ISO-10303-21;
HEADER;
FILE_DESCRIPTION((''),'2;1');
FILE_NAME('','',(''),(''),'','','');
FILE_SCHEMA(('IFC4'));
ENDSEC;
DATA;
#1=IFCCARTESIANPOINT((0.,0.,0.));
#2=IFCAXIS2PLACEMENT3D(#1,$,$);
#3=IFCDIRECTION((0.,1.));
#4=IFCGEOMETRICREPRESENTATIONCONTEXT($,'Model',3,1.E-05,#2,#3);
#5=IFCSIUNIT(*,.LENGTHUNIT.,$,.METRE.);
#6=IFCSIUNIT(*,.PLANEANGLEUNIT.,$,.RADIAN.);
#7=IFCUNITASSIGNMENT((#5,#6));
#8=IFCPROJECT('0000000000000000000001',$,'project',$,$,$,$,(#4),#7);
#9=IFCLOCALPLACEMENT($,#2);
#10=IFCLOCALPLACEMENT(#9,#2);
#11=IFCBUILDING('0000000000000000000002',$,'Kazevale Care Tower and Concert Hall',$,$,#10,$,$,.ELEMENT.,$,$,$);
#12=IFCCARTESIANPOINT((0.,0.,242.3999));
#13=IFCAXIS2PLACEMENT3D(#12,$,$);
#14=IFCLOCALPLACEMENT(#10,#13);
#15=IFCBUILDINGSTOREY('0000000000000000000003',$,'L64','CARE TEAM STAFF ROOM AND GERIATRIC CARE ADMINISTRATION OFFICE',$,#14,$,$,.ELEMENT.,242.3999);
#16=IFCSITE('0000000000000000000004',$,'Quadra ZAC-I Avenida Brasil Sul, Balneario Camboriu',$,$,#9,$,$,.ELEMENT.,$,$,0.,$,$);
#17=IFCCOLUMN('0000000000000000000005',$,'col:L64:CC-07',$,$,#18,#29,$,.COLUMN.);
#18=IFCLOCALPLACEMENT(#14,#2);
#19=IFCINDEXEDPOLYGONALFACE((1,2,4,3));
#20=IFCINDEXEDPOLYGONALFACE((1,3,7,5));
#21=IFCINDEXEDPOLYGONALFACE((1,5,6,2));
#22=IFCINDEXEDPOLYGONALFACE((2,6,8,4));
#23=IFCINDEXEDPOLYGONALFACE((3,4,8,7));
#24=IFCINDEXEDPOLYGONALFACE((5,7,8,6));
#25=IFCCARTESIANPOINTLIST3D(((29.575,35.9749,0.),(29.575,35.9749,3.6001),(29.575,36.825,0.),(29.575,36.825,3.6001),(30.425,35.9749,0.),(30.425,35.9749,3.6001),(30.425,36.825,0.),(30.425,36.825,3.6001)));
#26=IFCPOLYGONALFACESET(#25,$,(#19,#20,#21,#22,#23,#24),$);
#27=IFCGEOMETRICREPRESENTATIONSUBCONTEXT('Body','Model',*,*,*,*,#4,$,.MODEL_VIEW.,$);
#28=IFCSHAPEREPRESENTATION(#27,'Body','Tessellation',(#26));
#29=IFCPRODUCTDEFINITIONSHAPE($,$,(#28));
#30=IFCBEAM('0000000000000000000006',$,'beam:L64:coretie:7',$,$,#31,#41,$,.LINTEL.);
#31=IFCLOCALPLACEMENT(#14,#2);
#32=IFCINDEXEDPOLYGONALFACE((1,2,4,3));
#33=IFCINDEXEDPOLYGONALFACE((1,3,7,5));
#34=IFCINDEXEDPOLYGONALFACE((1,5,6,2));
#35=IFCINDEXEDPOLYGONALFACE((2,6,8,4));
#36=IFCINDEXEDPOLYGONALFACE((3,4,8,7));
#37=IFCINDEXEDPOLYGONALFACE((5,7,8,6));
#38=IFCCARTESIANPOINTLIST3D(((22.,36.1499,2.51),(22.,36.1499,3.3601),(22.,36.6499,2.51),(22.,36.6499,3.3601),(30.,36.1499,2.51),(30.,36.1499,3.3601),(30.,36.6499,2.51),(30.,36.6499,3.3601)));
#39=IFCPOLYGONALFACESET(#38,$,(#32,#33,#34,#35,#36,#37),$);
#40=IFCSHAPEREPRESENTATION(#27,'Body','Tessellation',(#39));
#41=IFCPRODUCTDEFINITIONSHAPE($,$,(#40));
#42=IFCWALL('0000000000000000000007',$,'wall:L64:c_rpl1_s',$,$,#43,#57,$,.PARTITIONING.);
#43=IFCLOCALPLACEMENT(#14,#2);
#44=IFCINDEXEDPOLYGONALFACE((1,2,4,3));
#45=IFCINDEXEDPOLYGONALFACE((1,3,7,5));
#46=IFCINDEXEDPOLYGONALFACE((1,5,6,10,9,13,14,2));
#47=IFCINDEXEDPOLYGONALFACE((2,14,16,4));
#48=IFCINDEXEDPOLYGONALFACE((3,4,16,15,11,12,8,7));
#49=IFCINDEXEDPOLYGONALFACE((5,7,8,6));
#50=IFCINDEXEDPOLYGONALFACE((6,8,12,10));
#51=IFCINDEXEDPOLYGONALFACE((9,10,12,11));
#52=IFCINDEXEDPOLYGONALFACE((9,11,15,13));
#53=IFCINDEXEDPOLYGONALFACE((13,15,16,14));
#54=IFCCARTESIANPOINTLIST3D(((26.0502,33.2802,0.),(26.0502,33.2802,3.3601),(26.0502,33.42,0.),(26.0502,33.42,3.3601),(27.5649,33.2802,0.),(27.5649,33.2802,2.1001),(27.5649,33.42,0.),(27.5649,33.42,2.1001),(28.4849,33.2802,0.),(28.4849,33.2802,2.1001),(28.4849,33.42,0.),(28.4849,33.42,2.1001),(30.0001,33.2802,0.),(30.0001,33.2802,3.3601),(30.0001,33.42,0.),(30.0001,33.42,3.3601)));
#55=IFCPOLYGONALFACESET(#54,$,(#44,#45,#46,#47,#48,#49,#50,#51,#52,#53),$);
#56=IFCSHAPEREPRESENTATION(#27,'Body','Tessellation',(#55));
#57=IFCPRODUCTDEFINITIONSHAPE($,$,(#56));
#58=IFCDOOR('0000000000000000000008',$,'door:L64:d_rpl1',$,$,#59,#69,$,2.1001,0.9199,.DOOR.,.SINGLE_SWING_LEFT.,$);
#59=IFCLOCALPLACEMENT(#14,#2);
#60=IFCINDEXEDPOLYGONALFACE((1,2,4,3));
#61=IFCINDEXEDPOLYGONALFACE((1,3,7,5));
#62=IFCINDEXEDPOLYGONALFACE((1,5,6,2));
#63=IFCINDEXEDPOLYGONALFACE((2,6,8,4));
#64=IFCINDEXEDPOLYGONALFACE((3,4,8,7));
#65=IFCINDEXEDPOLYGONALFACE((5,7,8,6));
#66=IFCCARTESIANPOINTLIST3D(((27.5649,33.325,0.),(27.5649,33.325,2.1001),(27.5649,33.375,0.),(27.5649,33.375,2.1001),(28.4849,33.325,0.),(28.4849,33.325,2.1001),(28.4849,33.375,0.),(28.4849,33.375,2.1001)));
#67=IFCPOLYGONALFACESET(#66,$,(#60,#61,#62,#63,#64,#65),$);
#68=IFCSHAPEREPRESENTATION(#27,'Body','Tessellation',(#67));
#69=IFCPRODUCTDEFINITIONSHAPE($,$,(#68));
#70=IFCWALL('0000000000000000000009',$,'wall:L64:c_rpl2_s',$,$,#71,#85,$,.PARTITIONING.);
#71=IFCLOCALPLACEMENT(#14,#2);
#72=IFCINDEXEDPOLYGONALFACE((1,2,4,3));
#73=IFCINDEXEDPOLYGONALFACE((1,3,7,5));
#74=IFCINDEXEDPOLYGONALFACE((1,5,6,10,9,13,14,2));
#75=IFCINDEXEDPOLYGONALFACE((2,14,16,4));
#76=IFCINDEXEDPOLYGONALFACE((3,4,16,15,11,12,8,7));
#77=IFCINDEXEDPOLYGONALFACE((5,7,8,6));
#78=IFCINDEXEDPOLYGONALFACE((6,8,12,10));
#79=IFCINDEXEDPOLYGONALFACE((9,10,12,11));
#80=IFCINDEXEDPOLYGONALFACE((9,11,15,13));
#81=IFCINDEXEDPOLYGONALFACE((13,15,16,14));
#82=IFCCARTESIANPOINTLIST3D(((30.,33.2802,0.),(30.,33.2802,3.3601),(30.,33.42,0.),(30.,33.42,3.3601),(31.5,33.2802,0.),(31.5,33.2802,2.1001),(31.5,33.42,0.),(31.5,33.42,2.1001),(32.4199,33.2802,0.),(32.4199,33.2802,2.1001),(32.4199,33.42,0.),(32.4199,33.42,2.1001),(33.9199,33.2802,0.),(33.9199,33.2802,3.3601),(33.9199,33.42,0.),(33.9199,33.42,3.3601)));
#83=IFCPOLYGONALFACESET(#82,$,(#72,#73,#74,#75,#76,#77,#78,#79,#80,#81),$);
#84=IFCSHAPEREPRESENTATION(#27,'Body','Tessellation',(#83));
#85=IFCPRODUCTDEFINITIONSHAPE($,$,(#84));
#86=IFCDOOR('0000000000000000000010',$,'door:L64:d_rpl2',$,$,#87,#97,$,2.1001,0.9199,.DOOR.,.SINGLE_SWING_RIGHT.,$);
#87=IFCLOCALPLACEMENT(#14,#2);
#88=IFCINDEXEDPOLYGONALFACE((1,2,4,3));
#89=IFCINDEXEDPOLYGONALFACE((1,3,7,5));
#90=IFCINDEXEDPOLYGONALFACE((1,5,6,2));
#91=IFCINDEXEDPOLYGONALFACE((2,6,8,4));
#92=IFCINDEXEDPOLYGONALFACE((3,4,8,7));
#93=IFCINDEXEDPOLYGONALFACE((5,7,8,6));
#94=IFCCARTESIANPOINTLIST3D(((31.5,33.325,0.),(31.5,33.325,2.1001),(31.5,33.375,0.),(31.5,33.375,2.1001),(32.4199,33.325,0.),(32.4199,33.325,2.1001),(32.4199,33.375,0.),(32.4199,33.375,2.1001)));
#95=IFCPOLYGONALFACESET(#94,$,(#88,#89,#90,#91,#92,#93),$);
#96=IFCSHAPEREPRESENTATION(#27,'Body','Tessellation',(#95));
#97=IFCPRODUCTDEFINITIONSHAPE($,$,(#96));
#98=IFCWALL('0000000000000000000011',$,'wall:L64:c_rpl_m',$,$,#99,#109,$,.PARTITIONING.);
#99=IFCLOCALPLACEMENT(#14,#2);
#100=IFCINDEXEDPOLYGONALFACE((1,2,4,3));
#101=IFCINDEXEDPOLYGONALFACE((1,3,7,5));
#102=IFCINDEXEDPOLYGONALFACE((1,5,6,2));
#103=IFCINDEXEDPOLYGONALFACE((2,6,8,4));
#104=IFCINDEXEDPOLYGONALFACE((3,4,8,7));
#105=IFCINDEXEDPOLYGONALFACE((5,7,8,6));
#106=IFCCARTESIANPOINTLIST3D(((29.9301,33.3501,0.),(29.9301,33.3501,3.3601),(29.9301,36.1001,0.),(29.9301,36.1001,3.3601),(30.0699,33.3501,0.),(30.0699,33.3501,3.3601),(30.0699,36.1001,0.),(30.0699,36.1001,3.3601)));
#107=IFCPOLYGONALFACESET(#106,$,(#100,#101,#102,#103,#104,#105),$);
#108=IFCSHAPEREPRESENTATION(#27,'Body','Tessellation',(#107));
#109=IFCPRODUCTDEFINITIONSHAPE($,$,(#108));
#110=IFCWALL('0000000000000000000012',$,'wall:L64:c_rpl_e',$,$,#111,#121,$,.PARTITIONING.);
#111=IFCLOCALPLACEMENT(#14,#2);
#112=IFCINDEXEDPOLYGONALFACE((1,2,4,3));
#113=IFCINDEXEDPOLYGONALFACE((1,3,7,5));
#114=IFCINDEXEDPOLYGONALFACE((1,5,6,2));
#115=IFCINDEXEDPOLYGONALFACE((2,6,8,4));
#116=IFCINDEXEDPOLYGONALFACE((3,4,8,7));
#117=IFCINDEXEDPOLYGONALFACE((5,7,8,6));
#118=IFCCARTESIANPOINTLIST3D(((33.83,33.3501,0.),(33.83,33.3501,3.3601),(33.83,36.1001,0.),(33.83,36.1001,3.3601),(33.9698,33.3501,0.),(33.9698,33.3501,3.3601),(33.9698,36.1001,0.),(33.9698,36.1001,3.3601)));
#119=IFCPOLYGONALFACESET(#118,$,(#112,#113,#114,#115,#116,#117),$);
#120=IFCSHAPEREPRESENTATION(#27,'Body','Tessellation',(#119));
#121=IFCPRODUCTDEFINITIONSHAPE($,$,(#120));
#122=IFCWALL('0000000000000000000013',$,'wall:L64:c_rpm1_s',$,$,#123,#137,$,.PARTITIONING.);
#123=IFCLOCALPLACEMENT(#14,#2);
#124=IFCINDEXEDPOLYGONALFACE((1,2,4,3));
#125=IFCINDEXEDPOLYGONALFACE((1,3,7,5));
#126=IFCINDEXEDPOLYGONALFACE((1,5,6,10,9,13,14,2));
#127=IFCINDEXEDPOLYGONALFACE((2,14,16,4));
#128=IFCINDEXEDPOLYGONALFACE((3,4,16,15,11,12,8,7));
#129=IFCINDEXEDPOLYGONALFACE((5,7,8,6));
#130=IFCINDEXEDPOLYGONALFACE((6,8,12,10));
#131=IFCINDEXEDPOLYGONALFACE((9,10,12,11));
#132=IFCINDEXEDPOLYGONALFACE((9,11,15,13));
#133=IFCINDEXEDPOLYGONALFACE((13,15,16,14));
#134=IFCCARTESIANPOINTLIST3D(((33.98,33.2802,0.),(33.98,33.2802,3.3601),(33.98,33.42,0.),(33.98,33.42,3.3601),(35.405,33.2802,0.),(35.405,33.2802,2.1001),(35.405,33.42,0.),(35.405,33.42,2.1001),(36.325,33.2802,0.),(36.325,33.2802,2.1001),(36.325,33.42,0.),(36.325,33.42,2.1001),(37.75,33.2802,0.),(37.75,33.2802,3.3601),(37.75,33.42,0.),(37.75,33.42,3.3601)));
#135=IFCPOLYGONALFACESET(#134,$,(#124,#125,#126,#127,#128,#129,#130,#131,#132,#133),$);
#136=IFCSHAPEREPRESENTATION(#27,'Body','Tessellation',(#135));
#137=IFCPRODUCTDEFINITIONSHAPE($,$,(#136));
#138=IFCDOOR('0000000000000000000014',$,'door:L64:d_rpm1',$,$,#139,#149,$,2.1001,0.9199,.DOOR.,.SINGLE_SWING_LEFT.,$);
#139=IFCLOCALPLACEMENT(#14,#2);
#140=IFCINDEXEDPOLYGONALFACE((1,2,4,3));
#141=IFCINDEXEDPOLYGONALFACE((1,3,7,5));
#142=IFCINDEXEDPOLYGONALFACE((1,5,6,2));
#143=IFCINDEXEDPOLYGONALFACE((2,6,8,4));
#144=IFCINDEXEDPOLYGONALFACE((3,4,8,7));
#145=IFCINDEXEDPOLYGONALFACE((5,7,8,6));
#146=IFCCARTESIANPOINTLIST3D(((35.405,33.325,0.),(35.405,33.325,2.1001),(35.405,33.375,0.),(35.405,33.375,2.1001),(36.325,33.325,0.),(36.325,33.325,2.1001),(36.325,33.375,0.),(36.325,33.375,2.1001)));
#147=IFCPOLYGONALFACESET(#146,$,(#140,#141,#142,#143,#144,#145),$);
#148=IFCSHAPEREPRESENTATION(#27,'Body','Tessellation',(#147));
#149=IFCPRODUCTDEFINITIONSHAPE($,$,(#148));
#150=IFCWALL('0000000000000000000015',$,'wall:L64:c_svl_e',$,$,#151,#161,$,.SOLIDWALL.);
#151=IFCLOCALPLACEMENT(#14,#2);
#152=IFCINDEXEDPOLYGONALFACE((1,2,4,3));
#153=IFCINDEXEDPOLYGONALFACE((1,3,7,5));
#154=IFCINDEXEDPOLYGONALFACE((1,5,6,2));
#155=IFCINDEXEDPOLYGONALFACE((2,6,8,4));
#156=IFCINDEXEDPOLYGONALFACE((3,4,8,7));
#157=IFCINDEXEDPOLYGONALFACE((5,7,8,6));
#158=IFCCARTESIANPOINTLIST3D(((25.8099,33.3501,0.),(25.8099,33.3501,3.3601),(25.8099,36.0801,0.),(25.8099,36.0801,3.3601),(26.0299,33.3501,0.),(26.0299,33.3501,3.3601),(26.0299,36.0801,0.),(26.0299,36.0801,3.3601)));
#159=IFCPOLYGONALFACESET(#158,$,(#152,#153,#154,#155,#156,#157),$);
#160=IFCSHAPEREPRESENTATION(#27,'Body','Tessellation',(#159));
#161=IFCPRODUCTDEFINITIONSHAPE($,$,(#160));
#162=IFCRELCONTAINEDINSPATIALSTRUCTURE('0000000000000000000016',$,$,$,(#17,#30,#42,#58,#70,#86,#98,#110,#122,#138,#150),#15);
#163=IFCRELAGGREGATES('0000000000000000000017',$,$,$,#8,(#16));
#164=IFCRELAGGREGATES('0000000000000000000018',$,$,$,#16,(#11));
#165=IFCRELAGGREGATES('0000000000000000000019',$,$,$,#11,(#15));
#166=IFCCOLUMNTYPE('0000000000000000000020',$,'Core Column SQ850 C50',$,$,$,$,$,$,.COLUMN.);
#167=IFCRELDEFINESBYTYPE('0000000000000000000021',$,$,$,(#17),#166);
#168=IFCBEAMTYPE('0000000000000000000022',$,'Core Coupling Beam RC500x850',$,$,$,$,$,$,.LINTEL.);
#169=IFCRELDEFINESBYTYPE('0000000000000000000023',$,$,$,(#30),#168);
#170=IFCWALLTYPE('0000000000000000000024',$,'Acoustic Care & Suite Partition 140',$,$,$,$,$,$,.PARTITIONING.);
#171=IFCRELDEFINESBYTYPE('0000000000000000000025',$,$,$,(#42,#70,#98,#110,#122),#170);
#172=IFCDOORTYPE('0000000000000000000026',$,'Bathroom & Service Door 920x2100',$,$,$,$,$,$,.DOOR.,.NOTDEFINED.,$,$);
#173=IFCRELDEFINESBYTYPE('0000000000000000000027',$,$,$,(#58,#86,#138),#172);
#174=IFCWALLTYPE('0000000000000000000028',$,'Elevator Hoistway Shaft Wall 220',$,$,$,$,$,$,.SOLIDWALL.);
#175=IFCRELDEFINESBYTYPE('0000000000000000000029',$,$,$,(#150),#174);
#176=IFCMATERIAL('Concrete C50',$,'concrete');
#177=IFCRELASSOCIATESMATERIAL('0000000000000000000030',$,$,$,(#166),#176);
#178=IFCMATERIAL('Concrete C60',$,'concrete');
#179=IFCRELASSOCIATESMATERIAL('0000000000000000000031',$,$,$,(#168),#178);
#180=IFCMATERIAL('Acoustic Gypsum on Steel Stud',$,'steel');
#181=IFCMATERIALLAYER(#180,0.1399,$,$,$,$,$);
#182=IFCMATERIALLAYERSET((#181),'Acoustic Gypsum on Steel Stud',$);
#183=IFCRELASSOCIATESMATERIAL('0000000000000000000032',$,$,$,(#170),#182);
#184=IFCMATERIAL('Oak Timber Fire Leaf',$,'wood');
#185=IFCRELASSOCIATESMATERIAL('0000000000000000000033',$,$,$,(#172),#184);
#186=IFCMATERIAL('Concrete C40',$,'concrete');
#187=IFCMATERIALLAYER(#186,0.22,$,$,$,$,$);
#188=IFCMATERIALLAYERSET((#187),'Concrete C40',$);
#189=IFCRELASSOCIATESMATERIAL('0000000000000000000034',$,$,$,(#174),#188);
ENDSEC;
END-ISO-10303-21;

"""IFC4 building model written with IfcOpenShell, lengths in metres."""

from ifc_helpers import new_model, si_unit, direction, frame, frame_2d, origin, origin_2d, place, context, subcontext, project, spatial, rectangle, extrude, material, layer, layer_set, material_profile, profile_set, type_object, element, fill, save


model = new_model("IFC4")

# Units and contexts
model_context = context("Model", 3, precision=1e-05, world=origin(), true_north=direction((0.0, 1.0)))
body_context = subcontext(model_context, "Body", "Model", "MODEL_VIEW")
ifc_project = project(units=[si_unit("LENGTHUNIT", "METRE"), si_unit("PLANEANGLEUNIT", "RADIAN")], contexts=[model_context])

# Site, building, storey
site_placement = place(None, origin())
site = spatial("IfcSite", under=ifc_project, at=site_placement, Name="Quadra ZAC-I Avenida Brasil Sul, Balneario Camboriu", CompositionType="ELEMENT", RefElevation=0.0)
building_placement = place(site_placement, origin())
building = spatial("IfcBuilding", under=site, at=building_placement, Name="Kazevale Care Tower and Concert Hall", CompositionType="ELEMENT")
storey_placement = place(building_placement, frame((0.0, 0.0, 242.3999)))
storey = spatial("IfcBuildingStorey", under=building, at=storey_placement, Name="L64", Description="CARE TEAM STAFF ROOM AND GERIATRIC CARE ADMINISTRATION OFFICE", CompositionType="ELEMENT", Elevation=242.3999)

# Column
ifc_material_1 = material(Name="Concrete C50", Category="concrete")
ifc_material_profile_1 = material_profile(ifc_material_1, rectangle(XDim=0.8501, YDim=0.8501, at=origin_2d()), Name="RC-SQ850")
ifc_profile_set_1 = profile_set([ifc_material_profile_1], Name="Concrete C50")
column_type = type_object("IfcColumnType", Name="Core Column SQ850 C50", PredefinedType="COLUMN", material=ifc_profile_set_1)
column_placement = place(storey_placement, frame((30.0, 36.3999, 0.0), z_axis=(0.0, 0.0, 1.0), x_axis=(1.0, 0.0, 0.0)))
element("IfcColumn", 1, at=column_placement, inside=storey, type_object=column_type, Name="col:L64:CC-07", PredefinedType="COLUMN", context=body_context, shape_type="SweptSolid", body=[
    extrude(rectangle(XDim=0.8501, YDim=0.8501, at=origin_2d()), origin(), (0.0, 0.0, 1.0), 3.6001),
])

# Beam
ifc_material_2 = material(Name="Concrete C60", Category="concrete")
ifc_material_profile_2 = material_profile(ifc_material_2, rectangle(XDim=0.5, YDim=0.8501, at=origin_2d()), Name="RC-B500x850")
ifc_profile_set_2 = profile_set([ifc_material_profile_2], Name="Concrete C60")
beam_type = type_object("IfcBeamType", Name="Core Coupling Beam RC500x850", PredefinedType="LINTEL", material=ifc_profile_set_2)
beam_placement = place(storey_placement, frame((30.0, 36.3999, 2.9351), z_axis=(-1.0, 0.0, 0.0), x_axis=(0.0, -1.0, 0.0)))
element("IfcBeam", 2, at=beam_placement, inside=storey, type_object=beam_type, Name="beam:L64:coretie:7", PredefinedType="LINTEL", context=body_context, shape_type="SweptSolid", body=[
    extrude(rectangle(XDim=0.5, YDim=0.8501, at=origin_2d()), origin(), (0.0, 0.0, 1.0), 8.0),
])

# Walls, openings, doors
ifc_material_3 = material(Name="Acoustic Gypsum on Steel Stud", Category="steel")
ifc_layer_1 = layer(ifc_material_3, 0.1399)
ifc_layer_set_1 = layer_set([ifc_layer_1], Name="Acoustic Gypsum on Steel Stud")
wall_type_1 = type_object("IfcWallType", Name="Acoustic Care & Suite Partition 140", PredefinedType="PARTITIONING", material=ifc_layer_set_1)
wall_1_placement = place(storey_placement, frame((26.05, 33.3501, 0.0), z_axis=(0.0, 0.0, 1.0), x_axis=(1.0, 0.0, 0.0)))
wall_1 = element("IfcWall", 3, at=wall_1_placement, inside=storey, type_object=wall_type_1, Name="wall:L64:c_rpl1_s", PredefinedType="PARTITIONING", context=body_context, shape_type="SweptSolid", body=[
    extrude(rectangle(XDim=3.95, YDim=0.1399, at=frame_2d((1.9751, 0.0))), origin(), (0.0, 0.0, 1.0), 3.3601),
])
opening_1_placement = place(wall_1_placement, frame((1.5149, 0.0, 0.0)))
opening_1 = element("IfcOpeningElement", 4, at=opening_1_placement, cuts=wall_1, PredefinedType="OPENING", context=body_context, shape_type="SweptSolid", body=[
    extrude(rectangle(XDim=0.9199, YDim=2.1001, at=frame_2d((0.46, 1.05))), frame((0.0, 0.0798, 0.0), z_axis=(0.0, -1.0, 0.0), x_axis=(1.0, 0.0, 0.0)), (0.0, 0.0, 1.0), 0.1599),
])
ifc_material_4 = material(Name="Oak Timber Fire Leaf", Category="wood")
door_type_1 = type_object("IfcDoorType", Name="Bathroom & Service Door 920x2100", OperationType="NOTDEFINED", PredefinedType="DOOR", material=ifc_material_4)
door_1_placement = place(opening_1_placement, origin())
door_1 = element("IfcDoor", 5, at=door_1_placement, inside=storey, type_object=door_type_1, Name="door:L64:d_rpl1", OperationType="SINGLE_SWING_LEFT", OverallHeight=2.1001, OverallWidth=0.9199, PredefinedType="DOOR", context=body_context, shape_type="SweptSolid", body=[
    extrude(rectangle(XDim=0.9199, YDim=2.1001, at=frame_2d((0.46, 1.05))), frame((0.0, 0.0249, 0.0), z_axis=(0.0, -1.0, 0.0), x_axis=(1.0, 0.0, 0.0)), (0.0, 0.0, 1.0), 0.05),
])
fill(opening_1, door_1)
wall_2_placement = place(storey_placement, frame((30.0, 33.3501, 0.0), z_axis=(0.0, 0.0, 1.0), x_axis=(1.0, 0.0, 0.0)))
wall_2 = element("IfcWall", 6, at=wall_2_placement, inside=storey, type_object=wall_type_1, Name="wall:L64:c_rpl2_s", PredefinedType="PARTITIONING", context=body_context, shape_type="SweptSolid", body=[
    extrude(rectangle(XDim=3.9199, YDim=0.1399, at=frame_2d((1.96, 0.0))), origin(), (0.0, 0.0, 1.0), 3.3601),
])
opening_2_placement = place(wall_2_placement, frame((1.5, 0.0, 0.0)))
opening_2 = element("IfcOpeningElement", 7, at=opening_2_placement, cuts=wall_2, PredefinedType="OPENING", context=body_context, shape_type="SweptSolid", body=[
    extrude(rectangle(XDim=0.9199, YDim=2.1001, at=frame_2d((0.46, 1.05))), frame((0.0, 0.0798, 0.0), z_axis=(0.0, -1.0, 0.0), x_axis=(1.0, 0.0, 0.0)), (0.0, 0.0, 1.0), 0.1599),
])
door_2_placement = place(opening_2_placement, origin())
door_2 = element("IfcDoor", 8, at=door_2_placement, inside=storey, type_object=door_type_1, Name="door:L64:d_rpl2", OperationType="SINGLE_SWING_RIGHT", OverallHeight=2.1001, OverallWidth=0.9199, PredefinedType="DOOR", context=body_context, shape_type="SweptSolid", body=[
    extrude(rectangle(XDim=0.9199, YDim=2.1001, at=frame_2d((0.46, 1.05))), frame((0.0, 0.0249, 0.0), z_axis=(0.0, -1.0, 0.0), x_axis=(1.0, 0.0, 0.0)), (0.0, 0.0, 1.0), 0.05),
])
fill(opening_2, door_2)

# Walls
for number, where, z_axis, x_axis, name in (
    (9, (30.0, 33.3501, 0.0), (0.0, 0.0, 1.0), (0.0, 1.0, 0.0), "wall:L64:c_rpl_m"),
    (10, (33.8999, 33.3501, 0.0), (0.0, 0.0, 1.0), (0.0, 1.0, 0.0), "wall:L64:c_rpl_e"),
):
    element("IfcWall", number, at=place(storey_placement, frame(where, z_axis=z_axis, x_axis=x_axis)), inside=storey, type_object=wall_type_1, Name=name, PredefinedType="PARTITIONING", context=body_context, shape_type="SweptSolid", body=[
        extrude(rectangle(XDim=2.75, YDim=0.1399, at=frame_2d((1.375, 0.0))), origin(), (0.0, 0.0, 1.0), 3.3601),
    ])

# Wall, opening, door
wall_3_placement = place(storey_placement, frame((33.98, 33.3501, 0.0), z_axis=(0.0, 0.0, 1.0), x_axis=(1.0, 0.0, 0.0)))
wall_3 = element("IfcWall", 11, at=wall_3_placement, inside=storey, type_object=wall_type_1, Name="wall:L64:c_rpm1_s", PredefinedType="PARTITIONING", context=body_context, shape_type="SweptSolid", body=[
    extrude(rectangle(XDim=3.77, YDim=0.1399, at=frame_2d((1.885, 0.0))), origin(), (0.0, 0.0, 1.0), 3.3601),
])
opening_3_placement = place(wall_3_placement, frame((1.425, 0.0, 0.0)))
opening_3 = element("IfcOpeningElement", 12, at=opening_3_placement, cuts=wall_3, PredefinedType="OPENING", context=body_context, shape_type="SweptSolid", body=[
    extrude(rectangle(XDim=0.9199, YDim=2.1001, at=frame_2d((0.46, 1.05))), frame((0.0, 0.0798, 0.0), z_axis=(0.0, -1.0, 0.0), x_axis=(1.0, 0.0, 0.0)), (0.0, 0.0, 1.0), 0.1599),
])
door_3_placement = place(opening_3_placement, origin())
door_3 = element("IfcDoor", 13, at=door_3_placement, inside=storey, type_object=door_type_1, Name="door:L64:d_rpm1", OperationType="SINGLE_SWING_LEFT", OverallHeight=2.1001, OverallWidth=0.9199, PredefinedType="DOOR", context=body_context, shape_type="SweptSolid", body=[
    extrude(rectangle(XDim=0.9199, YDim=2.1001, at=frame_2d((0.46, 1.05))), frame((0.0, 0.0249, 0.0), z_axis=(0.0, -1.0, 0.0), x_axis=(1.0, 0.0, 0.0)), (0.0, 0.0, 1.0), 0.05),
])
fill(opening_3, door_3)

# Wall
ifc_material_5 = material(Name="Concrete C40", Category="concrete")
ifc_layer_2 = layer(ifc_material_5, 0.22)
ifc_layer_set_2 = layer_set([ifc_layer_2], Name="Concrete C40")
wall_type_2 = type_object("IfcWallType", Name="Elevator Hoistway Shaft Wall 220", PredefinedType="SOLIDWALL", material=ifc_layer_set_2)
wall_4_placement = place(storey_placement, frame((25.9199, 33.3501, 0.0), z_axis=(0.0, 0.0, 1.0), x_axis=(0.0, 1.0, 0.0)))
element("IfcWall", 14, at=wall_4_placement, inside=storey, type_object=wall_type_2, Name="wall:L64:c_svl_e", PredefinedType="SOLIDWALL", context=body_context, shape_type="SweptSolid", body=[
    extrude(rectangle(XDim=2.73, YDim=0.22, at=frame_2d((1.365, 0.0))), origin(), (0.0, 0.0, 1.0), 3.3601),
])

save(model, "model.ifc")
